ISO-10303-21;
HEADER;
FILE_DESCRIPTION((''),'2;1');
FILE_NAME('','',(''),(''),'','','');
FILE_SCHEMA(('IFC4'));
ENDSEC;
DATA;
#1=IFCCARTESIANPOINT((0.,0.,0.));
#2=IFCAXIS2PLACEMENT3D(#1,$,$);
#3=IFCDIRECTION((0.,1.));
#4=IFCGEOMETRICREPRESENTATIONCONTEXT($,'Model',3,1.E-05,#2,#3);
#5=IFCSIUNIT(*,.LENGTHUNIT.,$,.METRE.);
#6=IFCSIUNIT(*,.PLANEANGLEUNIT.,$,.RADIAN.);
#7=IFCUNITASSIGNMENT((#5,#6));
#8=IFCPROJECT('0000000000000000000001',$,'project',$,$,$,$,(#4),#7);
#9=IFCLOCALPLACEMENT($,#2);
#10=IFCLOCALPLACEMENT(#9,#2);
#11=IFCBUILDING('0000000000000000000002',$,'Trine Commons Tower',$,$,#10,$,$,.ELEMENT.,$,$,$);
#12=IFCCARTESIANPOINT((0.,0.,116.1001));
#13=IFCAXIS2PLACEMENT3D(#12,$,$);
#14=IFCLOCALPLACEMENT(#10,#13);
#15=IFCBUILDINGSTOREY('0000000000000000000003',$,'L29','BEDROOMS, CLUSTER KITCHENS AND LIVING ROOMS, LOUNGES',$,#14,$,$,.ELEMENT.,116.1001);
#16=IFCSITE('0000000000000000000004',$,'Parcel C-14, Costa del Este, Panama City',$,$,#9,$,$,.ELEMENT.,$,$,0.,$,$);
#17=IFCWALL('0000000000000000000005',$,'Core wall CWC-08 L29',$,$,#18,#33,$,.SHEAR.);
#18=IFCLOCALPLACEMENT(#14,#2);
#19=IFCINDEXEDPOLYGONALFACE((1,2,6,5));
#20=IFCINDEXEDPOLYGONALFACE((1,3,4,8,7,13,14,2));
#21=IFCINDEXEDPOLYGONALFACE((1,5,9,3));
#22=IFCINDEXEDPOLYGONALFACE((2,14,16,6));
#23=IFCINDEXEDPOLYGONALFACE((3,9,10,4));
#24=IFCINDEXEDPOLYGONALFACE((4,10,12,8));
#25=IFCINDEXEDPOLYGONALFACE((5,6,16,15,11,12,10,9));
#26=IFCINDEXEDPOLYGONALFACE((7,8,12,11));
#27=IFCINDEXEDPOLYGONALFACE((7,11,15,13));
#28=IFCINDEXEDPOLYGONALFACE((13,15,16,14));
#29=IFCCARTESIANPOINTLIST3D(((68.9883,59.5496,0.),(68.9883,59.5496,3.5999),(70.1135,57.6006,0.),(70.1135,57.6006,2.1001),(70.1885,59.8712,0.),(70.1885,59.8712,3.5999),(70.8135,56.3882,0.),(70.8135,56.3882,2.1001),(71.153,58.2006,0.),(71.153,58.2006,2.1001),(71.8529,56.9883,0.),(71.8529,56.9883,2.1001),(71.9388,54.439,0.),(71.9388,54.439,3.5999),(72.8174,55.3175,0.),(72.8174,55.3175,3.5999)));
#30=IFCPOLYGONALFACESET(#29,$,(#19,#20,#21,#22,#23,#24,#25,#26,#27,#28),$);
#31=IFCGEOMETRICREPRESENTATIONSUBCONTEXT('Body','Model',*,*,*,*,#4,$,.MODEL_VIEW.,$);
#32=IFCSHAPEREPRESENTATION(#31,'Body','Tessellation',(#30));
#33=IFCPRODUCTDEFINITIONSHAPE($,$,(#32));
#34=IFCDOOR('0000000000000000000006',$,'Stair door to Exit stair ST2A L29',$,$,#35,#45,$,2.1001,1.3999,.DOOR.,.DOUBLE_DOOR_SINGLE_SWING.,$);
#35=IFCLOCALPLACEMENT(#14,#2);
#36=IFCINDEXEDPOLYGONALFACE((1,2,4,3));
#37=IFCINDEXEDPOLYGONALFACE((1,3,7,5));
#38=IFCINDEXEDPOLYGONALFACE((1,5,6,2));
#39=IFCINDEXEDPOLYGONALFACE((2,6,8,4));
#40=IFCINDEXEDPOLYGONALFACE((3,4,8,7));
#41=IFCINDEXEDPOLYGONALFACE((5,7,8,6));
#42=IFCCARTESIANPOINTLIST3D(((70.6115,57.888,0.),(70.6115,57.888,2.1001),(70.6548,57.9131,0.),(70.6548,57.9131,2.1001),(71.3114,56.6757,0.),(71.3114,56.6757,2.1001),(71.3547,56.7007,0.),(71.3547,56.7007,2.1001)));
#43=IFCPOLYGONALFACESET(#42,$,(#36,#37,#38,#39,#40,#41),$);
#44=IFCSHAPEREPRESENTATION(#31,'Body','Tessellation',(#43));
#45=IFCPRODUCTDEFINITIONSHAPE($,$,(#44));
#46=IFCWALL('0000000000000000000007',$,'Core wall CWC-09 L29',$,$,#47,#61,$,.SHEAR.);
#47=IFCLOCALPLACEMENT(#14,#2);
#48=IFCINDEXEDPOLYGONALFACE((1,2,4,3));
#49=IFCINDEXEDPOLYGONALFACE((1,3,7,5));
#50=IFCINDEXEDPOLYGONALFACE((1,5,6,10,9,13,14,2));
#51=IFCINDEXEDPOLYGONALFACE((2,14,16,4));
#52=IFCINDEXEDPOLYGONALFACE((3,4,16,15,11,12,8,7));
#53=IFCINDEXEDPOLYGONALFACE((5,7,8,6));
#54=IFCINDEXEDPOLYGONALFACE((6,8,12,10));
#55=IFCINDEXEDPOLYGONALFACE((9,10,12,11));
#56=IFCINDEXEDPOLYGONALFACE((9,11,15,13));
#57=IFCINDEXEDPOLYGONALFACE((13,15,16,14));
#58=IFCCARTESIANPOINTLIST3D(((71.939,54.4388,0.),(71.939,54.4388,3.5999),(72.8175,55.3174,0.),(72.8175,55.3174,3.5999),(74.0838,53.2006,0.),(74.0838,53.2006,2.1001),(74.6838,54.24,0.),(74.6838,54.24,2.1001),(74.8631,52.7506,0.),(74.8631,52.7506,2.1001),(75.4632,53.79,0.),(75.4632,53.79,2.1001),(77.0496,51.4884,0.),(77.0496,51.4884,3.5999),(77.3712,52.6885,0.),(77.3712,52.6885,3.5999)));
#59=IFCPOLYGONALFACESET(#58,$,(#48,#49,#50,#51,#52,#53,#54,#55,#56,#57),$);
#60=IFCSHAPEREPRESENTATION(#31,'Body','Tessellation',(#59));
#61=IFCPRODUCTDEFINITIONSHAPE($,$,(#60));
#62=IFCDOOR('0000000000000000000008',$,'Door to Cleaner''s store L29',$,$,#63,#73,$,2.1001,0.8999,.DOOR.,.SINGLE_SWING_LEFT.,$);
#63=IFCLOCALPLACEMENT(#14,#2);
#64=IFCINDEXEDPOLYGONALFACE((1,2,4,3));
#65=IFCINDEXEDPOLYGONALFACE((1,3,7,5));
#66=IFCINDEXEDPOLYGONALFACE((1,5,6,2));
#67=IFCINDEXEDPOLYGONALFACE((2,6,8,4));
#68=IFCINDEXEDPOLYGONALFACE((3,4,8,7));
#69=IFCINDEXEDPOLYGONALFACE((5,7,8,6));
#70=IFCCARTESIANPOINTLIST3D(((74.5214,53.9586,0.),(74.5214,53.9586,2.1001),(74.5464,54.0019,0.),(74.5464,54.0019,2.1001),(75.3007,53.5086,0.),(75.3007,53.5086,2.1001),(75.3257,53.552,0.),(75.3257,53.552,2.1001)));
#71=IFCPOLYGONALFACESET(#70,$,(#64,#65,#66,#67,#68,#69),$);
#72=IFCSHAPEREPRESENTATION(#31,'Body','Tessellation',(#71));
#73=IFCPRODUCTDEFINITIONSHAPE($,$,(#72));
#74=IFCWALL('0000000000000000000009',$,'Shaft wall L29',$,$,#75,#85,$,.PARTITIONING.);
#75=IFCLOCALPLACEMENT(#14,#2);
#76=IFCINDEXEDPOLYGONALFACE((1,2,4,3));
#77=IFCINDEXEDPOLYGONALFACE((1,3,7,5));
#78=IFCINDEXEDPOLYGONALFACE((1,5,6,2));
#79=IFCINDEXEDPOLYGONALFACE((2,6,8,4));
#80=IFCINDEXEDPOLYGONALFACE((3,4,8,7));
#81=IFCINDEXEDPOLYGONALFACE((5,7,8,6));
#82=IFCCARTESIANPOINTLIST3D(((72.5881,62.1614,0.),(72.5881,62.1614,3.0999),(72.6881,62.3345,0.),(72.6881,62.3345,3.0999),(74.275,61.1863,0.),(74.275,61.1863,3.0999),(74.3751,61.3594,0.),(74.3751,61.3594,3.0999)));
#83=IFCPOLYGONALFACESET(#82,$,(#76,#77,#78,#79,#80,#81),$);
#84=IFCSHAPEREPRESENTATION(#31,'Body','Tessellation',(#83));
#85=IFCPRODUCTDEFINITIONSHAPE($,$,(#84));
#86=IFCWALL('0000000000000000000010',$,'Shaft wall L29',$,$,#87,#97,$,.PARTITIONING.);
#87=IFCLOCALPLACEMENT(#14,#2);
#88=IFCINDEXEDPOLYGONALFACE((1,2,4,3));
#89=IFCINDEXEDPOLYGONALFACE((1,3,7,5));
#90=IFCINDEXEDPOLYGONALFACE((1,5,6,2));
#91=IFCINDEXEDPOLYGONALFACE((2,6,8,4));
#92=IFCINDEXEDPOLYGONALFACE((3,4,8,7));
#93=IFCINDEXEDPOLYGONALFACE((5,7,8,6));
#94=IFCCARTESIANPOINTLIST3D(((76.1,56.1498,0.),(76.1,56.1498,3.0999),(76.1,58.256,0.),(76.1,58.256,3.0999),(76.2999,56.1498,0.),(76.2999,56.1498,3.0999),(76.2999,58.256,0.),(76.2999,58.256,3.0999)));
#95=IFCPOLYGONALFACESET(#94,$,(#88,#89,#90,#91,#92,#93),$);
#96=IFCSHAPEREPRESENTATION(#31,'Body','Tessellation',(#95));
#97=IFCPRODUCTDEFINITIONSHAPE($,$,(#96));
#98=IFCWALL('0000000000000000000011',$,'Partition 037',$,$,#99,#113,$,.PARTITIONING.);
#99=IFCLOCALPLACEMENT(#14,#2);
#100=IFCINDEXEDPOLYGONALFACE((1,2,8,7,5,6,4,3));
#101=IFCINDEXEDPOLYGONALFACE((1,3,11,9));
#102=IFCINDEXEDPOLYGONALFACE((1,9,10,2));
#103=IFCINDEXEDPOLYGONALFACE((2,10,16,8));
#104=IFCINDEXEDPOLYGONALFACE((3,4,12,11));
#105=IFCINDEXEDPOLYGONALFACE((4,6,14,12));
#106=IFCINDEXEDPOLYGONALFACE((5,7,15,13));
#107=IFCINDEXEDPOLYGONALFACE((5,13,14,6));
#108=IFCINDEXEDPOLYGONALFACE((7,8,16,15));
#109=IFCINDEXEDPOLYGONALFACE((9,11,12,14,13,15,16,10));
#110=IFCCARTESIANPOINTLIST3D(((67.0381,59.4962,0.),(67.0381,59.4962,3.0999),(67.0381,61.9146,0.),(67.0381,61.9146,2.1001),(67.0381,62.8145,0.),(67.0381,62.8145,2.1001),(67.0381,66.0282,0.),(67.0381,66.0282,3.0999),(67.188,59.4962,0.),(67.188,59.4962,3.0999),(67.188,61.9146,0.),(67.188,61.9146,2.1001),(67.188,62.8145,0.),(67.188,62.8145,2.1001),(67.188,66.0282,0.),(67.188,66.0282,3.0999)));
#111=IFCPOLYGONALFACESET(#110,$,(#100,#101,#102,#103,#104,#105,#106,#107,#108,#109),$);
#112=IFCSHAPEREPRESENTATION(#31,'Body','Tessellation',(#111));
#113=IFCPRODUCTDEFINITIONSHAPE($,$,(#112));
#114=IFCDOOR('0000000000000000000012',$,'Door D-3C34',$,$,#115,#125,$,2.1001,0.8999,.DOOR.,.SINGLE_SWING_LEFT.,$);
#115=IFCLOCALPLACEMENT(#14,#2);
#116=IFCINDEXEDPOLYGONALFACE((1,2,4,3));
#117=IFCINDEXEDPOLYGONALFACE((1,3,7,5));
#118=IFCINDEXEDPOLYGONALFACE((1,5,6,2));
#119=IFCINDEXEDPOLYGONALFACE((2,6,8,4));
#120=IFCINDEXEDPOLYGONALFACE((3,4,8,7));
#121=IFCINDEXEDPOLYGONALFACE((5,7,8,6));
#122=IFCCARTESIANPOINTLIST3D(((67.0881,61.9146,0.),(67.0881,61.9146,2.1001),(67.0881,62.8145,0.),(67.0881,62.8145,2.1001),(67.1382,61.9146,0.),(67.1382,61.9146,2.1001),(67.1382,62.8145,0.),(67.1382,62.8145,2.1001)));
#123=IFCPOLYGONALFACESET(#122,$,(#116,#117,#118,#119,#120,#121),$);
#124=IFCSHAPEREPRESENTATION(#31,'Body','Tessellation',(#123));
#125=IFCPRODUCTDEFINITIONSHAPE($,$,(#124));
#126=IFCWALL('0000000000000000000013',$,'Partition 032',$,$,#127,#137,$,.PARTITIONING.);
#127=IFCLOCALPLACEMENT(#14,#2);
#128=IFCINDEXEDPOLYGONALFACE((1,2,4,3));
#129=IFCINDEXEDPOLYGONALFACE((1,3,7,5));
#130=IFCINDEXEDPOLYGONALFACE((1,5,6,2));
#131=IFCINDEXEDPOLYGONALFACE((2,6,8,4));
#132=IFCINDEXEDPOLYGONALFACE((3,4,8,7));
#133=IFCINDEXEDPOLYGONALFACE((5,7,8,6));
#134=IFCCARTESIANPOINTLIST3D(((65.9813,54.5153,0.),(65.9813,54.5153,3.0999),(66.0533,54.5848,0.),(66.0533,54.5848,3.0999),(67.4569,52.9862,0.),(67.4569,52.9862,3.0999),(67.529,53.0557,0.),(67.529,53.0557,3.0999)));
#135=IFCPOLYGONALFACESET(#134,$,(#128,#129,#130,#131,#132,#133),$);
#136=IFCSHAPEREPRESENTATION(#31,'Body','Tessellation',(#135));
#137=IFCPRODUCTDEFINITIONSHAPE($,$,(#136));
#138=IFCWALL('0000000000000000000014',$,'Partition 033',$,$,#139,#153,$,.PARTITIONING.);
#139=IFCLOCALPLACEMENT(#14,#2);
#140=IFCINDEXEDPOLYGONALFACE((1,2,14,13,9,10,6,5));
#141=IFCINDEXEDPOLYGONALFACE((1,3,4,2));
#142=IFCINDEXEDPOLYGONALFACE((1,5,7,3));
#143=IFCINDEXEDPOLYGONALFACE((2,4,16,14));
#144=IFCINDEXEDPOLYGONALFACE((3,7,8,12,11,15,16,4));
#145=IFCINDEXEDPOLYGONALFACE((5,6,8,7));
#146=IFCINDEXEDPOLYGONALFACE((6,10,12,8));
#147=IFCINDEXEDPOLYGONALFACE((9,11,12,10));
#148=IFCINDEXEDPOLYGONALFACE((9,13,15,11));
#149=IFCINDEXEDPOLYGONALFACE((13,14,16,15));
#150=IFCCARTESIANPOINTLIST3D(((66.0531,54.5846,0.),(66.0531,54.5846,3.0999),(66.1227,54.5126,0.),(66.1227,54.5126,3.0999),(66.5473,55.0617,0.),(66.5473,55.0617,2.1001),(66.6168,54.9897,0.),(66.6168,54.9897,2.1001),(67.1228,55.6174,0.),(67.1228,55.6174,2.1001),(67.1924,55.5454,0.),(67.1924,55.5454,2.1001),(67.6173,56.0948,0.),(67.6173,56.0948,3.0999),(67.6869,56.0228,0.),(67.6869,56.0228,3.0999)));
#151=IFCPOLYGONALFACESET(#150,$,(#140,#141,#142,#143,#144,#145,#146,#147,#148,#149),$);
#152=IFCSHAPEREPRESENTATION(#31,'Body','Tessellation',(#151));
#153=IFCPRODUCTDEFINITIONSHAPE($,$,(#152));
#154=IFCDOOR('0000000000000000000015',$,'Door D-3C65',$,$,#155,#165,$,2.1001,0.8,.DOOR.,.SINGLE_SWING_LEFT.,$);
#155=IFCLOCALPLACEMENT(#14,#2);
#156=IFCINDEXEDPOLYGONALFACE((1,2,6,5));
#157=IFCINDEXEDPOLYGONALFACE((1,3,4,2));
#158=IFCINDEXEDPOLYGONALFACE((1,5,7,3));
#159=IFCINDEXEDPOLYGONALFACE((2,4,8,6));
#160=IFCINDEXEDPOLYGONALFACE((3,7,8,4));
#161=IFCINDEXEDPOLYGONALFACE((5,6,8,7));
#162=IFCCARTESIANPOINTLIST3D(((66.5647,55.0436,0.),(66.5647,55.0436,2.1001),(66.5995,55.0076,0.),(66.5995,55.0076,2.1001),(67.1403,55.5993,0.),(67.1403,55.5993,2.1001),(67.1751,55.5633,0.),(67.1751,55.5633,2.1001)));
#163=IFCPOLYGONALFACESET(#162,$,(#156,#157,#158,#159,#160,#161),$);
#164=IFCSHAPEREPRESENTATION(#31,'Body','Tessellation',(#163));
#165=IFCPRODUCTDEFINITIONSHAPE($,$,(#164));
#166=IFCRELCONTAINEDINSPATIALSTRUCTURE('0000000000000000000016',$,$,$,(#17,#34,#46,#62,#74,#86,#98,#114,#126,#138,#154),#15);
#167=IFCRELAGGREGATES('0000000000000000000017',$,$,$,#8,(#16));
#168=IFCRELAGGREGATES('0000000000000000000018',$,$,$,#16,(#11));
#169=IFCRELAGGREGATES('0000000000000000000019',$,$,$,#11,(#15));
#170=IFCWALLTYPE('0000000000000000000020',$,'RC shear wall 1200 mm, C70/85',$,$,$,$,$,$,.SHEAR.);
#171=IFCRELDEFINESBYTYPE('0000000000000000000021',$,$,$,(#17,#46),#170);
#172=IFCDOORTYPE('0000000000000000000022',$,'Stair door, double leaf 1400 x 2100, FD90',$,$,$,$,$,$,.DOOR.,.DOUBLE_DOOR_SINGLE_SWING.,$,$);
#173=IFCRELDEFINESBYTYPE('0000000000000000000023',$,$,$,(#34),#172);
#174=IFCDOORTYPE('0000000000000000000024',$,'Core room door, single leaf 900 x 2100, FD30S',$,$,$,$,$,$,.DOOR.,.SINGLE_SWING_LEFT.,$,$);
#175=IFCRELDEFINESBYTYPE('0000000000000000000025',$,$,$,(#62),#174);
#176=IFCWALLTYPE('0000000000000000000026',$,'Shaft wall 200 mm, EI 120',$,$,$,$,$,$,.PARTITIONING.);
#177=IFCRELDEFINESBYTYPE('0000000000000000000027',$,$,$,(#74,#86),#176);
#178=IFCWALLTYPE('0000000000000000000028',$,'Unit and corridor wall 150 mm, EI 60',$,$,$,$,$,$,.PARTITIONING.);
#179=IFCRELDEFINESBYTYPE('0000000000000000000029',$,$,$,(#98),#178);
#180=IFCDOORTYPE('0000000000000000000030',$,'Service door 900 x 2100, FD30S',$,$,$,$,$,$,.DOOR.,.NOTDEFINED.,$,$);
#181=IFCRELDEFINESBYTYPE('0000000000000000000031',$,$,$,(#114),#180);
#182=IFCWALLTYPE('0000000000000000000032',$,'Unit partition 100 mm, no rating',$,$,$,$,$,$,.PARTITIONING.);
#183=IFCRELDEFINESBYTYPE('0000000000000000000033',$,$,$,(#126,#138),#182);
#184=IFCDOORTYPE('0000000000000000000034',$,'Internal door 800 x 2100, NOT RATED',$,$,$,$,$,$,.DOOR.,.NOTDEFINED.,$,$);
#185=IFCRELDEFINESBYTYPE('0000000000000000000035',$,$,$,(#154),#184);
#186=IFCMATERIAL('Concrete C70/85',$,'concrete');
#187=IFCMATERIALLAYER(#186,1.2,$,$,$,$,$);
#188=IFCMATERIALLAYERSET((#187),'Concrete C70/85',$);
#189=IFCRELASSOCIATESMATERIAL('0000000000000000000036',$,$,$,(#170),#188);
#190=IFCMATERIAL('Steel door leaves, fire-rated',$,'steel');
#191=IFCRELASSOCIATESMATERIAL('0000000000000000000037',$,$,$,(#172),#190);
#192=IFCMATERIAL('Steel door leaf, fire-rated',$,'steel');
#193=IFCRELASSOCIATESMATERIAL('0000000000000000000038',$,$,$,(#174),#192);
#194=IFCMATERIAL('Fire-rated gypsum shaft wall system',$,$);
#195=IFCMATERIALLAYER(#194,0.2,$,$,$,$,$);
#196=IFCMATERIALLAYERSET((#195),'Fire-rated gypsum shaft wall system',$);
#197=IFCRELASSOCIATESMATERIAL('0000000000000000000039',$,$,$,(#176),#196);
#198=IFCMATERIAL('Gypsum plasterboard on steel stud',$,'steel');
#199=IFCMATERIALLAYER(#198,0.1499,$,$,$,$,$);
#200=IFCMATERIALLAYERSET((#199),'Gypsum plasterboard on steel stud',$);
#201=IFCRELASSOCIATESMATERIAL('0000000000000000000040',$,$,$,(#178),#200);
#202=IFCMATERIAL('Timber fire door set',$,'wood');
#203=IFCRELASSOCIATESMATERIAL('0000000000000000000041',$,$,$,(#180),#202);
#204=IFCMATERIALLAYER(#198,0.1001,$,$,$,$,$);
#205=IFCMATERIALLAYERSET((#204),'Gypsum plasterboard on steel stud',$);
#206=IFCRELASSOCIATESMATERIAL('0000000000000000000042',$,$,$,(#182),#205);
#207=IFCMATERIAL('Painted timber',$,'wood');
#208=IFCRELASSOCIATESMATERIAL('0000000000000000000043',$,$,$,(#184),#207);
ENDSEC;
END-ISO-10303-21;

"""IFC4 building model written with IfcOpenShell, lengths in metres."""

from ifc_helpers import new_model, si_unit, direction, frame, frame_2d, origin, place, context, subcontext, project, spatial, polyline, rectangle, outline, extrude, material, layer, layer_set, type_object, element, fill, save


model = new_model("IFC4")

# Units and contexts
model_context = context("Model", 3, precision=1e-05, world=origin(), true_north=direction((0.0, 1.0)))
body_context = subcontext(model_context, "Body", "Model", "MODEL_VIEW")
ifc_project = project(units=[si_unit("LENGTHUNIT", "METRE"), si_unit("PLANEANGLEUNIT", "RADIAN")], contexts=[model_context])

# Site, building, storey
site_placement = place(None, origin())
site = spatial("IfcSite", under=ifc_project, at=site_placement, Name="Parcel C-14, Costa del Este, Panama City", CompositionType="ELEMENT", RefElevation=0.0)
building_placement = place(site_placement, origin())
building = spatial("IfcBuilding", under=site, at=building_placement, Name="Trine Commons Tower", CompositionType="ELEMENT")
storey_placement = place(building_placement, frame((0.0, 0.0, 116.1001)))
storey = spatial("IfcBuildingStorey", under=building, at=storey_placement, Name="L29", Description="BEDROOMS, CLUSTER KITCHENS AND LIVING ROOMS, LOUNGES", CompositionType="ELEMENT", Elevation=116.1001)

# Walls, openings, doors
ifc_material_1 = material(Name="Concrete C70/85", Category="concrete")
ifc_layer_1 = layer(ifc_material_1, 1.2)
ifc_layer_set_1 = layer_set([ifc_layer_1], Name="Concrete C70/85")
wall_type_1 = type_object("IfcWallType", Name="RC shear wall 1200 mm, C70/85", PredefinedType="SHEAR", material=ifc_layer_set_1)
wall_1_placement = place(storey_placement, frame((69.5081, 59.8496, 0.0), z_axis=(0.0, 0.0, 1.0), x_axis=(0.499979, -0.866037, 0.0)))
wall_1 = element("IfcWall", 1, at=wall_1_placement, inside=storey, type_object=wall_type_1, Name="Core wall CWC-08 L29", PredefinedType="SHEAR", context=body_context, shape_type="SweptSolid", body=[
    extrude(outline(polyline([(0.0, -0.6001), (5.9011, -0.6001), (5.5796, 0.6001), (0.3215, 0.6001), (0.0, -0.6001)])), origin(), (0.0, 0.0, 1.0), 3.5999),
])
opening_1_placement = place(wall_1_placement, frame((2.2505, 0.0, 0.0)))
opening_1 = element("IfcOpeningElement", 2, at=opening_1_placement, cuts=wall_1, PredefinedType="OPENING", context=body_context, shape_type="SweptSolid", body=[
    extrude(rectangle(XDim=1.3999, YDim=2.1001, at=frame_2d((0.7, 1.05))), frame((0.0, 0.6099, 0.0), z_axis=(0.0, -1.0, 0.0), x_axis=(1.0, 0.0, 0.0)), (0.0, 0.0, 1.0), 1.22),
])
ifc_material_2 = material(Name="Steel door leaves, fire-rated", Category="steel")
door_type_1 = type_object("IfcDoorType", Name="Stair door, double leaf 1400 x 2100, FD90", OperationType="DOUBLE_DOOR_SINGLE_SWING", PredefinedType="DOOR", material=ifc_material_2)
door_1_placement = place(opening_1_placement, origin())
door_1 = element("IfcDoor", 3, at=door_1_placement, inside=storey, type_object=door_type_1, Name="Stair door to Exit stair ST2A L29", OperationType="DOUBLE_DOOR_SINGLE_SWING", OverallHeight=2.1001, OverallWidth=1.3999, PredefinedType="DOOR", context=body_context, shape_type="SweptSolid", body=[
    extrude(rectangle(XDim=1.3999, YDim=2.1001, at=frame_2d((0.7, 1.05))), frame((0.0, 0.0249, 0.0), z_axis=(0.0, -1.0, 0.0), x_axis=(1.0, 0.0, 0.0)), (0.0, 0.0, 1.0), 0.05),
])
fill(opening_1, door_1)
wall_2_placement = place(storey_placement, frame((72.239, 54.9585, 0.0), z_axis=(0.0, 0.0, 1.0), x_axis=(0.866037, -0.499979, 0.0)))
wall_2 = element("IfcWall", 4, at=wall_2_placement, inside=storey, type_object=wall_type_1, Name="Core wall CWC-09 L29", PredefinedType="SHEAR", context=body_context, shape_type="SweptSolid", body=[
    extrude(outline(polyline([(0.0, -0.6001), (5.9011, -0.6001), (5.5796, 0.6001), (0.3215, 0.6001), (0.0, -0.6001)])), origin(), (0.0, 0.0, 1.0), 3.5999),
])
opening_2_placement = place(wall_2_placement, frame((2.4766, 0.0, 0.0)))
opening_2 = element("IfcOpeningElement", 5, at=opening_2_placement, cuts=wall_2, PredefinedType="OPENING", context=body_context, shape_type="SweptSolid", body=[
    extrude(rectangle(XDim=0.8999, YDim=2.1001, at=frame_2d((0.45, 1.05))), frame((0.0, 0.6099, 0.0), z_axis=(0.0, -1.0, 0.0), x_axis=(1.0, 0.0, 0.0)), (0.0, 0.0, 1.0), 1.22),
])
ifc_material_3 = material(Name="Steel door leaf, fire-rated", Category="steel")
door_type_2 = type_object("IfcDoorType", Name="Core room door, single leaf 900 x 2100, FD30S", OperationType="SINGLE_SWING_LEFT", PredefinedType="DOOR", material=ifc_material_3)
door_2_placement = place(opening_2_placement, origin())
door_2 = element("IfcDoor", 6, at=door_2_placement, inside=storey, type_object=door_type_2, Name="Door to Cleaner's store L29", OperationType="SINGLE_SWING_LEFT", OverallHeight=2.1001, OverallWidth=0.8999, PredefinedType="DOOR", context=body_context, shape_type="SweptSolid", body=[
    extrude(rectangle(XDim=0.8999, YDim=2.1001, at=frame_2d((0.45, 1.05))), frame((0.0, 0.3252, 0.0), z_axis=(0.0, -1.0, 0.0), x_axis=(1.0, 0.0, 0.0)), (0.0, 0.0, 1.0), 0.05),
])
fill(opening_2, door_2)

# Walls
ifc_material_4 = material(Name="Fire-rated gypsum shaft wall system")
ifc_layer_2 = layer(ifc_material_4, 0.2)
ifc_layer_set_2 = layer_set([ifc_layer_2], Name="Fire-rated gypsum shaft wall system")
wall_type_2 = type_object("IfcWallType", Name="Shaft wall 200 mm, EI 120", PredefinedType="PARTITIONING", material=ifc_layer_set_2)
wall_3_placement = place(storey_placement, frame((74.325, 61.2729, 0.0), z_axis=(0.0, 0.0, 1.0), x_axis=(-0.865781, 0.500424, 0.0)))
element("IfcWall", 7, at=wall_3_placement, inside=storey, type_object=wall_type_2, Name="Shaft wall L29", PredefinedType="PARTITIONING", context=body_context, shape_type="SweptSolid", body=[
    extrude(rectangle(XDim=1.9485, YDim=0.2, at=frame_2d((0.9741, 0.0))), origin(), (0.0, 0.0, 1.0), 3.0999),
])
wall_4_placement = place(storey_placement, frame((76.2, 58.2561, 0.0), z_axis=(0.0, 0.0, 1.0), x_axis=(0.0, -1.0, 0.0)))
element("IfcWall", 8, at=wall_4_placement, inside=storey, type_object=wall_type_2, Name="Shaft wall L29", PredefinedType="PARTITIONING", context=body_context, shape_type="SweptSolid", body=[
    extrude(rectangle(XDim=2.1062, YDim=0.2, at=frame_2d((1.0532, 0.0))), origin(), (0.0, 0.0, 1.0), 3.0999),
])

# Wall, opening, door
ifc_material_5 = material(Name="Gypsum plasterboard on steel stud", Category="steel")
ifc_layer_3 = layer(ifc_material_5, 0.1499)
ifc_layer_set_3 = layer_set([ifc_layer_3], Name="Gypsum plasterboard on steel stud")
wall_type_3 = type_object("IfcWallType", Name="Unit and corridor wall 150 mm, EI 60", PredefinedType="PARTITIONING", material=ifc_layer_set_3)
wall_5_placement = place(storey_placement, frame((67.113, 59.4961, 0.0), z_axis=(0.0, 0.0, 1.0), x_axis=(0.0, 1.0, 0.0)))
wall_5 = element("IfcWall", 9, at=wall_5_placement, inside=storey, type_object=wall_type_3, Name="Partition 037", PredefinedType="PARTITIONING", context=body_context, shape_type="SweptSolid", body=[
    extrude(rectangle(XDim=6.532, YDim=0.1499, at=frame_2d((3.2661, 0.0))), origin(), (0.0, 0.0, 1.0), 3.0999),
])
opening_3_placement = place(wall_5_placement, frame((2.4185, 0.0, 0.0)))
opening_3 = element("IfcOpeningElement", 10, at=opening_3_placement, cuts=wall_5, PredefinedType="OPENING", context=body_context, shape_type="SweptSolid", body=[
    extrude(rectangle(XDim=0.8999, YDim=2.1001, at=frame_2d((0.45, 1.05))), frame((0.0, 0.085, 0.0), z_axis=(0.0, -1.0, 0.0), x_axis=(1.0, 0.0, 0.0)), (0.0, 0.0, 1.0), 0.1699),
])
ifc_material_6 = material(Name="Timber fire door set", Category="wood")
door_type_3 = type_object("IfcDoorType", Name="Service door 900 x 2100, FD30S", OperationType="NOTDEFINED", PredefinedType="DOOR", material=ifc_material_6)
door_3_placement = place(opening_3_placement, origin())
door_3 = element("IfcDoor", 11, at=door_3_placement, inside=storey, type_object=door_type_3, Name="Door D-3C34", OperationType="SINGLE_SWING_LEFT", OverallHeight=2.1001, OverallWidth=0.8999, PredefinedType="DOOR", context=body_context, shape_type="SweptSolid", body=[
    extrude(rectangle(XDim=0.8999, YDim=2.1001, at=frame_2d((0.45, 1.05))), frame((0.0, 0.0249, 0.0), z_axis=(0.0, -1.0, 0.0), x_axis=(1.0, 0.0, 0.0)), (0.0, 0.0, 1.0), 0.05),
])
fill(opening_3, door_3)

# Wall
ifc_layer_4 = layer(ifc_material_5, 0.1001)
ifc_layer_set_4 = layer_set([ifc_layer_4], Name="Gypsum plasterboard on steel stud")
wall_type_4 = type_object("IfcWallType", Name="Unit partition 100 mm, no rating", PredefinedType="PARTITIONING", material=ifc_layer_set_4)
wall_6_placement = place(storey_placement, frame((66.0173, 54.55, 0.0), z_axis=(0.0, 0.0, 1.0), x_axis=(0.694414, -0.719576, 0.0)))
element("IfcWall", 12, at=wall_6_placement, inside=storey, type_object=wall_type_4, Name="Partition 032", PredefinedType="PARTITIONING", context=body_context, shape_type="SweptSolid", body=[
    extrude(rectangle(XDim=2.125, YDim=0.1001, at=frame_2d((1.0625, 0.0))), origin(), (0.0, 0.0, 1.0), 3.0999),
])

# Wall, opening, door
wall_7_placement = place(storey_placement, frame((66.0879, 54.5486, 0.0), z_axis=(0.0, 0.0, 1.0), x_axis=(0.719405, 0.694591, 0.0)))
wall_7 = element("IfcWall", 13, at=wall_7_placement, inside=storey, type_object=wall_type_4, Name="Partition 033", PredefinedType="PARTITIONING", context=body_context, shape_type="SweptSolid", body=[
    extrude(rectangle(XDim=2.1743, YDim=0.1001, at=frame_2d((1.0872, 0.0))), origin(), (0.0, 0.0, 1.0), 3.0999),
])
opening_4_placement = place(wall_7_placement, frame((0.687, 0.0, 0.0)))
opening_4 = element("IfcOpeningElement", 14, at=opening_4_placement, cuts=wall_7, PredefinedType="OPENING", context=body_context, shape_type="SweptSolid", body=[
    extrude(rectangle(XDim=0.8, YDim=2.1001, at=frame_2d((0.3999, 1.05))), frame((0.0, 0.0601, 0.0), z_axis=(0.0, -1.0, 0.0), x_axis=(1.0, 0.0, 0.0)), (0.0, 0.0, 1.0), 0.1201),
])
ifc_material_7 = material(Name="Painted timber", Category="wood")
door_type_4 = type_object("IfcDoorType", Name="Internal door 800 x 2100, NOT RATED", OperationType="NOTDEFINED", PredefinedType="DOOR", material=ifc_material_7)
door_4_placement = place(opening_4_placement, origin())
door_4 = element("IfcDoor", 15, at=door_4_placement, inside=storey, type_object=door_type_4, Name="Door D-3C65", OperationType="SINGLE_SWING_LEFT", OverallHeight=2.1001, OverallWidth=0.8, PredefinedType="DOOR", context=body_context, shape_type="SweptSolid", body=[
    extrude(rectangle(XDim=0.8, YDim=2.1001, at=frame_2d((0.3999, 1.05))), frame((0.0, 0.0249, 0.0), z_axis=(0.0, -1.0, 0.0), x_axis=(1.0, 0.0, 0.0)), (0.0, 0.0, 1.0), 0.05),
])
fill(opening_4, door_4)

save(model, "model.ifc")
